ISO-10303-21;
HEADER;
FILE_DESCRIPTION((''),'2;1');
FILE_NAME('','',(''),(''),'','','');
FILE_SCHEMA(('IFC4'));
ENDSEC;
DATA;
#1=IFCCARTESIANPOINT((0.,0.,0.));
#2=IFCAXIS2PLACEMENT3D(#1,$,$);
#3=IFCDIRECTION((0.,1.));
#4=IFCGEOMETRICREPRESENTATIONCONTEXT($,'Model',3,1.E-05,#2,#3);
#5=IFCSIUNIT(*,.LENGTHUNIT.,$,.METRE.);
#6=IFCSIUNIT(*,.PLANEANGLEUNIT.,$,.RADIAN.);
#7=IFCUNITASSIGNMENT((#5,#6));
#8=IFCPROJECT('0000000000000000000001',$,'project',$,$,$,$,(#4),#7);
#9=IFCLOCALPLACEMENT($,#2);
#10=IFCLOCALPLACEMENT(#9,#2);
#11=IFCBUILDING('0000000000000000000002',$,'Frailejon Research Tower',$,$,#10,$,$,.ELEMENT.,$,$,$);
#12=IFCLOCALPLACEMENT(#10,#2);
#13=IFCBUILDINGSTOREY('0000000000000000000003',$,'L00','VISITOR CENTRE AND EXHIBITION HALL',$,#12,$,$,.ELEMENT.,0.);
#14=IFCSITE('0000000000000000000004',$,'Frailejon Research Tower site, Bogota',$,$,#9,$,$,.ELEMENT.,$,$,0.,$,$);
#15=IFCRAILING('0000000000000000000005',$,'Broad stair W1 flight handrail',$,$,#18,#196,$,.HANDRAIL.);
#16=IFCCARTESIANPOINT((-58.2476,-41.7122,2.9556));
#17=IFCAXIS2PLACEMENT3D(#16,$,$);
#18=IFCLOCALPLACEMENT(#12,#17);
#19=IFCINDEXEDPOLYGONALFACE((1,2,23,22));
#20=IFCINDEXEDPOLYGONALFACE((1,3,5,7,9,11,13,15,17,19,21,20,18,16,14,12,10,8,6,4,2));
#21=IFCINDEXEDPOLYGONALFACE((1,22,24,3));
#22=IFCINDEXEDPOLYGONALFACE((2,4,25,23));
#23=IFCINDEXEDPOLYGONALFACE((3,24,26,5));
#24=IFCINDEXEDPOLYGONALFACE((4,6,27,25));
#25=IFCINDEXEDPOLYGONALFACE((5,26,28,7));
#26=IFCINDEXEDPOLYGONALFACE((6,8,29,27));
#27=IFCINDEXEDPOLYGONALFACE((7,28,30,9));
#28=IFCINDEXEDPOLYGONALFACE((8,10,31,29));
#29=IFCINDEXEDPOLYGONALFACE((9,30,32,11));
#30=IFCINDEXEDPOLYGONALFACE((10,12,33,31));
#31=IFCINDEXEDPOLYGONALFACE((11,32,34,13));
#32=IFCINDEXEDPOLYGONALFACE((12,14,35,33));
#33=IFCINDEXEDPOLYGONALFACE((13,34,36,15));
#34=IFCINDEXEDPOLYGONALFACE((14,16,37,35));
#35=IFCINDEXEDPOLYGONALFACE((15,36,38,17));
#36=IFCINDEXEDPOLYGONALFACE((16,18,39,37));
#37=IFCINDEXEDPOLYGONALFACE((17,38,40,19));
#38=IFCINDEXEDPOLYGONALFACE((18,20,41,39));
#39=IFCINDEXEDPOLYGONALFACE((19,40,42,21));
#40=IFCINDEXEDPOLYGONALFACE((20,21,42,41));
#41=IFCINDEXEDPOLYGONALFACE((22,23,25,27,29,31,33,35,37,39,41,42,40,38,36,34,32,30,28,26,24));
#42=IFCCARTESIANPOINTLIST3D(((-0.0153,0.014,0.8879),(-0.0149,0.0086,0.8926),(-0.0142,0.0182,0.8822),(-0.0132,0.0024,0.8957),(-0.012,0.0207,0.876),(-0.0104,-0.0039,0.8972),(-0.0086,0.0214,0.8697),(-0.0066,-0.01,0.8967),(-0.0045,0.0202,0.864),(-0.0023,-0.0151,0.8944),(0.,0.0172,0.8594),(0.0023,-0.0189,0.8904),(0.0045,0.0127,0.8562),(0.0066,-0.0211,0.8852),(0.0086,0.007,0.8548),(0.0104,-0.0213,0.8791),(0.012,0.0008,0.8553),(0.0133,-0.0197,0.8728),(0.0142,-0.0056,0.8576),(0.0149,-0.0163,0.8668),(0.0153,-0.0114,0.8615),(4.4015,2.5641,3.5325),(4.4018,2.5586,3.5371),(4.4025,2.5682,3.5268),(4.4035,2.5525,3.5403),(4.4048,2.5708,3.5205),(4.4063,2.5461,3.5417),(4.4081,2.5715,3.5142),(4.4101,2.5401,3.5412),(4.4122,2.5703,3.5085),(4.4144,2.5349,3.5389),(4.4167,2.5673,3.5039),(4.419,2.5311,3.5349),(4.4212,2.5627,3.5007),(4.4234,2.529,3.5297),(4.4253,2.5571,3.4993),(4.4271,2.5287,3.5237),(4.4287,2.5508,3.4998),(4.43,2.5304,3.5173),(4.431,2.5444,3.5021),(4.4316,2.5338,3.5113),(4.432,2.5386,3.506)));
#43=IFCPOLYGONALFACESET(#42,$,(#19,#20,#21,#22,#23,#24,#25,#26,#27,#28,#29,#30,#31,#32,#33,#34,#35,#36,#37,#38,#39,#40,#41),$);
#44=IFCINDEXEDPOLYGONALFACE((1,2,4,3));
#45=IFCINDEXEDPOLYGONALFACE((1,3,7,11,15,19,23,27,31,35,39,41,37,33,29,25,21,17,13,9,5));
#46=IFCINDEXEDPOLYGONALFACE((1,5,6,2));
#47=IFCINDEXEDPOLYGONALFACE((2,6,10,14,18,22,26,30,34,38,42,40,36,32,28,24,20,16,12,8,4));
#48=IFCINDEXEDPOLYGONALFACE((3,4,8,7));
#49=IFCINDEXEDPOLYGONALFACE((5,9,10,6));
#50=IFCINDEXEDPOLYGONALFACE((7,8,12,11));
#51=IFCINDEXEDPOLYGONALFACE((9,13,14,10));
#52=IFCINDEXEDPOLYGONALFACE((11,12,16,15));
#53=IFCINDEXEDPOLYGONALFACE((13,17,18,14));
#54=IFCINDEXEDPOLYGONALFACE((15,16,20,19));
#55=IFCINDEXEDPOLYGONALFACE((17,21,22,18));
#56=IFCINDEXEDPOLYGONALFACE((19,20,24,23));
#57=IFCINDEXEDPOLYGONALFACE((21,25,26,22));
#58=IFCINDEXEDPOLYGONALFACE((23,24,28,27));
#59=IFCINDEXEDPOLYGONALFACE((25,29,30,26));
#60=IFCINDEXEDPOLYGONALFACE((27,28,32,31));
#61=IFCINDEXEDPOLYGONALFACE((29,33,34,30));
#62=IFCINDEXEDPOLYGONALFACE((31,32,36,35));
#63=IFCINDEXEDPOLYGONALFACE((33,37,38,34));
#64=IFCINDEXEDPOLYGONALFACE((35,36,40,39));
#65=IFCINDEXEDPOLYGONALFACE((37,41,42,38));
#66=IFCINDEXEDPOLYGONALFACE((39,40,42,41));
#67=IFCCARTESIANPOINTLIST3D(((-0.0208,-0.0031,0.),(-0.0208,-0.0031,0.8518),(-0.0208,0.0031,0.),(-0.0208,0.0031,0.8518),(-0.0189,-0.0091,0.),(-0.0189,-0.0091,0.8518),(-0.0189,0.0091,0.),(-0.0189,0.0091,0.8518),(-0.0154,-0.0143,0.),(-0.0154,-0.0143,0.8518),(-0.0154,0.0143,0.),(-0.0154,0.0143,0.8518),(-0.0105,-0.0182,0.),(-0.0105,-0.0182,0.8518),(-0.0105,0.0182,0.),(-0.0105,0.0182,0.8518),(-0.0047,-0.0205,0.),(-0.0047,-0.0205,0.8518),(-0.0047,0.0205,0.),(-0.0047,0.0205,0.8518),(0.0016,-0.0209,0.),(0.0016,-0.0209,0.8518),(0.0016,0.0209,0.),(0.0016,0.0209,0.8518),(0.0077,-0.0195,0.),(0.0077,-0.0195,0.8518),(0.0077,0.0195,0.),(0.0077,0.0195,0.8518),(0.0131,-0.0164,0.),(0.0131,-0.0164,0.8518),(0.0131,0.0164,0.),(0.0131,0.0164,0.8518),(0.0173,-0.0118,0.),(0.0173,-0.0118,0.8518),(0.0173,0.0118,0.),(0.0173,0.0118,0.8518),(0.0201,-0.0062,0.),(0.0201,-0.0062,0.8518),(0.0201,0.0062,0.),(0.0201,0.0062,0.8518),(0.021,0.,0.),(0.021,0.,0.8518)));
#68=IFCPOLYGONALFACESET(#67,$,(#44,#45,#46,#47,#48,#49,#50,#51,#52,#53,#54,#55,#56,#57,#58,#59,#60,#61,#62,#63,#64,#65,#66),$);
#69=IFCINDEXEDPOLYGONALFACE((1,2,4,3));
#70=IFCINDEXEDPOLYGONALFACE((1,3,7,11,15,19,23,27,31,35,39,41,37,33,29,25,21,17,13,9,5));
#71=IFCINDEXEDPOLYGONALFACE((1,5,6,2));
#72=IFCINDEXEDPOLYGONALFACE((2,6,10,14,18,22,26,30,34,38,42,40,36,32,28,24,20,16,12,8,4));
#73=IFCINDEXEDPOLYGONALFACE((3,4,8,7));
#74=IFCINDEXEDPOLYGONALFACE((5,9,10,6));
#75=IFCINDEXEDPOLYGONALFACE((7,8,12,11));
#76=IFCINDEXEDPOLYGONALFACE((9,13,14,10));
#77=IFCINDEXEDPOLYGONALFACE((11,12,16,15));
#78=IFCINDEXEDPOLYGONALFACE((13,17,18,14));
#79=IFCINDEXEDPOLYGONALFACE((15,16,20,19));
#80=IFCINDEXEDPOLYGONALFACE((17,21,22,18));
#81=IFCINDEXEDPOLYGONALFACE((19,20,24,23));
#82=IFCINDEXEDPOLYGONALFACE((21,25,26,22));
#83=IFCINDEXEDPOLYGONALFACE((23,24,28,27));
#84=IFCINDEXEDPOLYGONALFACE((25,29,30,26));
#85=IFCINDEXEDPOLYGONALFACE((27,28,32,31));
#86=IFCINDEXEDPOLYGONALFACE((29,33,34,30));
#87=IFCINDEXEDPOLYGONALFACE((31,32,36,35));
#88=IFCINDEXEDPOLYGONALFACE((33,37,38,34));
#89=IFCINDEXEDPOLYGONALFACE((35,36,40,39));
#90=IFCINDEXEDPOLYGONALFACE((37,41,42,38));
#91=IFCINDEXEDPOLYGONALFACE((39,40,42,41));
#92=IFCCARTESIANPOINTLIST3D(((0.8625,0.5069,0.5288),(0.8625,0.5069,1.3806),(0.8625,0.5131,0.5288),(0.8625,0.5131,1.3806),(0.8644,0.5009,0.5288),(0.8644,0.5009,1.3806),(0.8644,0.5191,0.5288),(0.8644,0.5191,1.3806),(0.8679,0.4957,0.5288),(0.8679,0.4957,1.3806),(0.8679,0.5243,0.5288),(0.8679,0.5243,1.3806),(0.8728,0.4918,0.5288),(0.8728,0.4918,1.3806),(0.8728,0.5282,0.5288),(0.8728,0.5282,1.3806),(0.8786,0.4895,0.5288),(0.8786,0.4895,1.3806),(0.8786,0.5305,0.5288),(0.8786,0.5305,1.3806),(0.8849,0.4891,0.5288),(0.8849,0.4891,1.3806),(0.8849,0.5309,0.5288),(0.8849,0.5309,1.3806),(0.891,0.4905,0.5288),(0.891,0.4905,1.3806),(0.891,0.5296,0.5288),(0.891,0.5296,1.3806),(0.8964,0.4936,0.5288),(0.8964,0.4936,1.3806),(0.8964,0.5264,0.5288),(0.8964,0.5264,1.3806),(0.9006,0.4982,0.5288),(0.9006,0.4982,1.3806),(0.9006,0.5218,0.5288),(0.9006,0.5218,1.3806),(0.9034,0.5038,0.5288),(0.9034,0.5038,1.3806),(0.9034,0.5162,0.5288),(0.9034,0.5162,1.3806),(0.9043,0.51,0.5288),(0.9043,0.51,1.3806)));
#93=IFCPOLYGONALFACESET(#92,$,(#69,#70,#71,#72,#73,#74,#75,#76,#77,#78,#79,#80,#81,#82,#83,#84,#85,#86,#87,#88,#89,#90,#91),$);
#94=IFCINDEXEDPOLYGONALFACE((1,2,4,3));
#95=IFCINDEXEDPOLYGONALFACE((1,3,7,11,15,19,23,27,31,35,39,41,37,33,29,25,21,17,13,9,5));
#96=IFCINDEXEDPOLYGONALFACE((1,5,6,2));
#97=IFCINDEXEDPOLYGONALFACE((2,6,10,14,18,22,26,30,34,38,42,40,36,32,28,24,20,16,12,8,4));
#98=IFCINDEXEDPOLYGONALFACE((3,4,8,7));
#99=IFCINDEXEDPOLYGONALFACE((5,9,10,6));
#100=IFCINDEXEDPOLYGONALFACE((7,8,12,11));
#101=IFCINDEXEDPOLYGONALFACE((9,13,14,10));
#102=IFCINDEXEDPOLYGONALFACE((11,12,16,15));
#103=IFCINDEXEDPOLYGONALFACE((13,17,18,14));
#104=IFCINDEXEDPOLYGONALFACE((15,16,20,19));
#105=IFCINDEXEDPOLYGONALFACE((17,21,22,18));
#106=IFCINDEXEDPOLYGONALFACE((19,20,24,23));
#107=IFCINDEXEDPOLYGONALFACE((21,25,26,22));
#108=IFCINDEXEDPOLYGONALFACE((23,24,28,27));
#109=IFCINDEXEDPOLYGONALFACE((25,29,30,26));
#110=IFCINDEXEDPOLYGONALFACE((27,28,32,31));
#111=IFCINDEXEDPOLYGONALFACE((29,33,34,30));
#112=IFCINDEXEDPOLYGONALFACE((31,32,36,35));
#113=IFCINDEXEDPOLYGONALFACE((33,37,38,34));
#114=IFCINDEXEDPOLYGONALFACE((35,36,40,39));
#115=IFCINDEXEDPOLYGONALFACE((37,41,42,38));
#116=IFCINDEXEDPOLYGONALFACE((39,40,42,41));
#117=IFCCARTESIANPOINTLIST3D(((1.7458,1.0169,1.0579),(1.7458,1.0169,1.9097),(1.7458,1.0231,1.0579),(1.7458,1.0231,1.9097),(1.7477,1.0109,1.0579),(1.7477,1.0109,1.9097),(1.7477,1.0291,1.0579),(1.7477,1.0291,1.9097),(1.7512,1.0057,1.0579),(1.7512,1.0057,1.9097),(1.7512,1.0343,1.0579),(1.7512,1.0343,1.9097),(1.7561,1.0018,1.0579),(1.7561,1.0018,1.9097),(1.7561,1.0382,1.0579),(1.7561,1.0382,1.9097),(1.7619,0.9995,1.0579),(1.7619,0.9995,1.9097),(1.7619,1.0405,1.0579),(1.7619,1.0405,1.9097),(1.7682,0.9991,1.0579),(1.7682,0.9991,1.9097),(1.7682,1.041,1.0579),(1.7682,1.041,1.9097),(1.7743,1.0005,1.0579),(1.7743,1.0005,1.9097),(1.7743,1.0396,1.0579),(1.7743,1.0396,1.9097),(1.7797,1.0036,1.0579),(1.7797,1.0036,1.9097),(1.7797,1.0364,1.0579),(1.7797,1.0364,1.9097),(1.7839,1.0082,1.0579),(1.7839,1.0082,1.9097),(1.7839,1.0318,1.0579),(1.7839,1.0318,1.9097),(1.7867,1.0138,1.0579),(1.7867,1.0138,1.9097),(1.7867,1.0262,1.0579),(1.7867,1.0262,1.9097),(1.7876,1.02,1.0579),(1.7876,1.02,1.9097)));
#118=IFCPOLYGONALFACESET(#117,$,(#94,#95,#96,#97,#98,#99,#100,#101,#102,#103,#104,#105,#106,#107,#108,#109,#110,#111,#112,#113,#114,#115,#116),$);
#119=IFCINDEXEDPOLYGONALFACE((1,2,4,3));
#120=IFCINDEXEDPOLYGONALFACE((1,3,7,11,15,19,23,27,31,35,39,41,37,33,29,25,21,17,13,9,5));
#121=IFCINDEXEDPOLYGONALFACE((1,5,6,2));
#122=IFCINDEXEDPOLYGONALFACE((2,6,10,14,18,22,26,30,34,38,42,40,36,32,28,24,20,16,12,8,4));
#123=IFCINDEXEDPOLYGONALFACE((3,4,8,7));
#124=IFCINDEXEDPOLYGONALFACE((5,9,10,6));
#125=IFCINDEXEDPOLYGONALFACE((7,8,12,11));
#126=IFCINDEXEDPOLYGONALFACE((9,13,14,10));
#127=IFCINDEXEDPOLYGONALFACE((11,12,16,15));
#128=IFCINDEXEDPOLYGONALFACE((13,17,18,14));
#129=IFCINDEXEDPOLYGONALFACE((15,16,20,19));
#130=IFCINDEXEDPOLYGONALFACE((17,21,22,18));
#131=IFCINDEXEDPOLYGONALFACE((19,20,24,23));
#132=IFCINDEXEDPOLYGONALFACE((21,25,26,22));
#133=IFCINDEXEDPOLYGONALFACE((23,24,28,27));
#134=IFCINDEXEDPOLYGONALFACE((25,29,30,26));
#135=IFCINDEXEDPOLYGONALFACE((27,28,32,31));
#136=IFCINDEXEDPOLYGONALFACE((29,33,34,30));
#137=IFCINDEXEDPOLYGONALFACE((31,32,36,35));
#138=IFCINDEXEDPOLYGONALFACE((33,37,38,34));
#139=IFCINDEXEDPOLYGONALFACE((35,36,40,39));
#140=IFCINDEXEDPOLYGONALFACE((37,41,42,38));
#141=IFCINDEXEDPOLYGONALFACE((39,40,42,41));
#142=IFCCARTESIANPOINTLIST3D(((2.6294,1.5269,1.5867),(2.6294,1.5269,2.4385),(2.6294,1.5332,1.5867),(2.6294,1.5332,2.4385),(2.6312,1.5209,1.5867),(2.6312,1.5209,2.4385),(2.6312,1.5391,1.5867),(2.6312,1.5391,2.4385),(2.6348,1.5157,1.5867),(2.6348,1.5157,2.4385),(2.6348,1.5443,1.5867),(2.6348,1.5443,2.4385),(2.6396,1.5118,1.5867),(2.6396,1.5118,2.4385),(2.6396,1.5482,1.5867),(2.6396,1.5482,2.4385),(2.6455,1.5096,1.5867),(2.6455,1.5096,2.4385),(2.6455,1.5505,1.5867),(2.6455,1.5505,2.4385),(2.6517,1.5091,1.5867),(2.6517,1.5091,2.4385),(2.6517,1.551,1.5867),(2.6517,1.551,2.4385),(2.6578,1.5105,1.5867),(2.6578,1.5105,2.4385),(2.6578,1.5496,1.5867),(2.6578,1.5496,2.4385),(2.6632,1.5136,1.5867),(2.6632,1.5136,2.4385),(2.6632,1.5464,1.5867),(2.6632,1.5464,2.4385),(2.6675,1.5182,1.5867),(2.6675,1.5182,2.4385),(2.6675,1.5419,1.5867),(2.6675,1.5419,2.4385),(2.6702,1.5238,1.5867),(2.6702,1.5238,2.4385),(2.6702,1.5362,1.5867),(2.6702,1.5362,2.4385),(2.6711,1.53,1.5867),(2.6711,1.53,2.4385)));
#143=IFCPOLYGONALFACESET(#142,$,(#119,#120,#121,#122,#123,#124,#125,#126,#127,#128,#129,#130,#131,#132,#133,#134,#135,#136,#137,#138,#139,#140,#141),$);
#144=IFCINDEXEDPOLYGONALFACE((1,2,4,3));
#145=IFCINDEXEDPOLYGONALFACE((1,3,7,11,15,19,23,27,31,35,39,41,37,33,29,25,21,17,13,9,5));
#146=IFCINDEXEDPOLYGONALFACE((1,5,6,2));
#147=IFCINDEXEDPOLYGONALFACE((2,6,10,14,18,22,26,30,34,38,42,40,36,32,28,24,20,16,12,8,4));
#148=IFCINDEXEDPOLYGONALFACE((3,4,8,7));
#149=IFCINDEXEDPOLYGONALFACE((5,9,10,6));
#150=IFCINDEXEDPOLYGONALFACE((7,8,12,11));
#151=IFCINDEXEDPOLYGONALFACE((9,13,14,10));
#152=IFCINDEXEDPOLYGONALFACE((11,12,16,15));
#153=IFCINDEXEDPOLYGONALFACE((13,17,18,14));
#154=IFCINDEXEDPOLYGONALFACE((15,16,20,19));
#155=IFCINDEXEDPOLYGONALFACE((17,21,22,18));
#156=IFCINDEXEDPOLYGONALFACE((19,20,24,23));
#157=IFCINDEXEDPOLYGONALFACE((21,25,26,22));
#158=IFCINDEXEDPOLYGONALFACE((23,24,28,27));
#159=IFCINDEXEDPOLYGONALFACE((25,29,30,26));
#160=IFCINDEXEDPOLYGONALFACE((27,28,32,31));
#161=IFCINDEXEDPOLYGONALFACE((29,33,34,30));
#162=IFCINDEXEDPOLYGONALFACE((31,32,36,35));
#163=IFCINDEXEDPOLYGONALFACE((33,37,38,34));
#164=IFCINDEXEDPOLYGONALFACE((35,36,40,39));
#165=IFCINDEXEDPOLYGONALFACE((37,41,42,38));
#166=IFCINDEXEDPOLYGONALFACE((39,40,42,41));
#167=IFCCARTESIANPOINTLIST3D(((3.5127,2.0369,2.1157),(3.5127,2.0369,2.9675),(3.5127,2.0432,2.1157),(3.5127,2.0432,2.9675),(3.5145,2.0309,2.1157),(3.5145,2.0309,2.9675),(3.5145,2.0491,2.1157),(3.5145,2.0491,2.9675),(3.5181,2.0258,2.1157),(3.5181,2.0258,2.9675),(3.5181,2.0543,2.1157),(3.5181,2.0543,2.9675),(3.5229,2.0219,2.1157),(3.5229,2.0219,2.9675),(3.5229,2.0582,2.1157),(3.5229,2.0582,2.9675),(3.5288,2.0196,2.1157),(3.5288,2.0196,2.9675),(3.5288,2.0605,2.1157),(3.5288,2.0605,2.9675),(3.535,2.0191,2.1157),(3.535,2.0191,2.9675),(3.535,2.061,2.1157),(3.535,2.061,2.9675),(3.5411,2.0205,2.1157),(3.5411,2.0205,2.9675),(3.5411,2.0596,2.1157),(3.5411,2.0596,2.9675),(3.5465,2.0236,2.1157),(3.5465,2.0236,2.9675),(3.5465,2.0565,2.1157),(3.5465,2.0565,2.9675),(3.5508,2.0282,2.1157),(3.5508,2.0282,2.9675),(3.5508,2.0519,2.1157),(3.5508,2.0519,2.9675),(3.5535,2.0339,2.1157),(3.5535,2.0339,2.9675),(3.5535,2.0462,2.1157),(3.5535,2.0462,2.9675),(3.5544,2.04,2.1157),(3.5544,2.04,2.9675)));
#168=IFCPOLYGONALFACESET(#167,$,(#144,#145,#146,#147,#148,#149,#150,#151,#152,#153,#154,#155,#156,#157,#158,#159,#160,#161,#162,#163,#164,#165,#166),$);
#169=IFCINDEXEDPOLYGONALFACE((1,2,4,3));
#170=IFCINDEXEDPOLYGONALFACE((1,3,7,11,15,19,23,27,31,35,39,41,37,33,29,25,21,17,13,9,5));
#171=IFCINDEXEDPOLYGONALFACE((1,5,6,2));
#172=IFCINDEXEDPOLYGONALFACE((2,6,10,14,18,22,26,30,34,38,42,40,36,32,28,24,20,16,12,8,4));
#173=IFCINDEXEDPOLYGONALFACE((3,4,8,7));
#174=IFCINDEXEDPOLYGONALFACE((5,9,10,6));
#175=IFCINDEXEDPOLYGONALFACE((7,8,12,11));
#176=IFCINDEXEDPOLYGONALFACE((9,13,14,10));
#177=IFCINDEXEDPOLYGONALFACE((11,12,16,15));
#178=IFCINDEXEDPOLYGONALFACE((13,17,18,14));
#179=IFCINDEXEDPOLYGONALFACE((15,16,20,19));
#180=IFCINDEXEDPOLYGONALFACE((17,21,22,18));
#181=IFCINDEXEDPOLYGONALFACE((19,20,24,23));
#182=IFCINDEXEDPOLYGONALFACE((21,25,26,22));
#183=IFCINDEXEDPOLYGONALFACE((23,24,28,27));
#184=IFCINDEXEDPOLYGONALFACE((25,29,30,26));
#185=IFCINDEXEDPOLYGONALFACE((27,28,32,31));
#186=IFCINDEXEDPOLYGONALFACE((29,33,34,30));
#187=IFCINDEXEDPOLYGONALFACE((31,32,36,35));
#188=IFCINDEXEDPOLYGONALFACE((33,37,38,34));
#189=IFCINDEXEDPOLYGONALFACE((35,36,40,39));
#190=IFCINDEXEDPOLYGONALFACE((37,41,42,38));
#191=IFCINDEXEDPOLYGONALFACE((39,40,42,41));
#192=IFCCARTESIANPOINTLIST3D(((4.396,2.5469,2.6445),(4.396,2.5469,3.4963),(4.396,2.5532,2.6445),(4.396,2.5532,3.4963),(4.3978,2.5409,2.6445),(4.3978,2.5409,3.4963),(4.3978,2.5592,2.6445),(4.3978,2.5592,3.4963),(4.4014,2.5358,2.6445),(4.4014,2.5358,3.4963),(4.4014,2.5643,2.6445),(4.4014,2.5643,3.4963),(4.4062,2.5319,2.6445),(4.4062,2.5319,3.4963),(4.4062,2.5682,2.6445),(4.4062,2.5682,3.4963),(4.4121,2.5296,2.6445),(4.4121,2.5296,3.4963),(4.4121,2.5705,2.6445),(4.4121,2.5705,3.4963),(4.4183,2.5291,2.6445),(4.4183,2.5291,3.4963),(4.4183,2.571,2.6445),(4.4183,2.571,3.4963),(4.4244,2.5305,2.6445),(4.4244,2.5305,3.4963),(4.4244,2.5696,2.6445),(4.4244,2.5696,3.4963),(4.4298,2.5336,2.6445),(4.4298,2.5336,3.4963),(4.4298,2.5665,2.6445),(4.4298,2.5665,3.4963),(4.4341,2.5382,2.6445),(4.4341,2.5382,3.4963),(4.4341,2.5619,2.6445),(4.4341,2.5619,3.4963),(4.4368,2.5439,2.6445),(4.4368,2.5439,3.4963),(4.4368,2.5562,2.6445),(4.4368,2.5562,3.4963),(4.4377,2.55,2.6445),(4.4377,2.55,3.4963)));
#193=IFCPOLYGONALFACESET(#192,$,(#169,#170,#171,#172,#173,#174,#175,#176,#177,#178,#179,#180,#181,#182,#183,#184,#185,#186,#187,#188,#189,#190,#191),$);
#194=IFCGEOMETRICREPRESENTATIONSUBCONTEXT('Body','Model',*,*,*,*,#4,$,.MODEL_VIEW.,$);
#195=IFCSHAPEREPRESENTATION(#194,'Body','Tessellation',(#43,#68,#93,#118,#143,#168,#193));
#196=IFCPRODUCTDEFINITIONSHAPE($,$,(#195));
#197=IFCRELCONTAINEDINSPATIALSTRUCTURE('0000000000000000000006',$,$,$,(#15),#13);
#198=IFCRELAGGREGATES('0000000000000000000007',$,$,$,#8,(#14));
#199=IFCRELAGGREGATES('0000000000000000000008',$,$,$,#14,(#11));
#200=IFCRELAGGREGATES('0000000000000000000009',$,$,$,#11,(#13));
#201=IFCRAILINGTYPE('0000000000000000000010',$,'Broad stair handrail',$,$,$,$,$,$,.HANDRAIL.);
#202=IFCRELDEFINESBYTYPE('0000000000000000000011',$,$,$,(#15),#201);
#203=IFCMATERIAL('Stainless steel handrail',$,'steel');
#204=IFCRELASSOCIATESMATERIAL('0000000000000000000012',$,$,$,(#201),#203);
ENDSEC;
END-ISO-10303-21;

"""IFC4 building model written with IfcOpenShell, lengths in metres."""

from ifc_helpers import new_model, si_unit, direction, frame, origin, origin_2d, place, context, subcontext, project, spatial, circle, extrude, material, type_object, element, save


model = new_model("IFC4")

# Units and contexts
model_context = context("Model", 3, precision=1e-05, world=origin(), true_north=direction((0.0, 1.0)))
body_context = subcontext(model_context, "Body", "Model", "MODEL_VIEW")
ifc_project = project(units=[si_unit("LENGTHUNIT", "METRE"), si_unit("PLANEANGLEUNIT", "RADIAN")], contexts=[model_context])

# Site, building, storey
site_placement = place(None, origin())
site = spatial("IfcSite", under=ifc_project, at=site_placement, Name="Frailejon Research Tower site, Bogota", CompositionType="ELEMENT", RefElevation=0.0)
building_placement = place(site_placement, origin())
building = spatial("IfcBuilding", under=site, at=building_placement, Name="Frailejon Research Tower", CompositionType="ELEMENT")
storey_placement = place(building_placement, origin())
storey = spatial("IfcBuildingStorey", under=building, at=storey_placement, Name="L00", Description="VISITOR CENTRE AND EXHIBITION HALL", CompositionType="ELEMENT", Elevation=0.0)

# Railing
ifc_material_1 = material(Name="Stainless steel handrail", Category="steel")
railing_type_1 = type_object("IfcRailingType", Name="Broad stair handrail", PredefinedType="HANDRAIL", material=ifc_material_1)
for number, where, name in (
    (1, (-58.2476, -41.7122, 2.9556), "Broad stair W1 flight handrail"),
):
    element("IfcRailing", number, at=place(storey_placement, frame(where)), inside=storey, type_object=railing_type_1, Name=name, PredefinedType="HANDRAIL", context=body_context, shape_type="SweptSolid", body=[
        extrude(circle(Radius=0.0239, at=origin_2d()), frame((0.0, 0.0, 0.876), z_axis=(0.768811, 0.44388, 0.460326), x_axis=(-0.500006, 0.866022, 0.0)), (0.0, 0.0, 1.0), 5.7449),
        extrude(circle(Radius=0.021, at=origin_2d()), origin(), (0.0, 0.0, 1.0), 0.8518),
        extrude(circle(Radius=0.021, at=origin_2d()), frame((0.8833, 0.51, 0.5288)), (0.0, 0.0, 1.0), 0.8518),
        extrude(circle(Radius=0.021, at=origin_2d()), frame((1.7666, 1.02, 1.0579)), (0.0, 0.0, 1.0), 0.8518),
        extrude(circle(Radius=0.021, at=origin_2d()), frame((2.6501, 1.53, 1.5867)), (0.0, 0.0, 1.0), 0.8518),
        extrude(circle(Radius=0.021, at=origin_2d()), frame((3.5334, 2.04, 2.1157)), (0.0, 0.0, 1.0), 0.8518),
        extrude(circle(Radius=0.021, at=origin_2d()), frame((4.4167, 2.55, 2.6445)), (0.0, 0.0, 1.0), 0.8518),
    ])

save(model, "model.ifc")
